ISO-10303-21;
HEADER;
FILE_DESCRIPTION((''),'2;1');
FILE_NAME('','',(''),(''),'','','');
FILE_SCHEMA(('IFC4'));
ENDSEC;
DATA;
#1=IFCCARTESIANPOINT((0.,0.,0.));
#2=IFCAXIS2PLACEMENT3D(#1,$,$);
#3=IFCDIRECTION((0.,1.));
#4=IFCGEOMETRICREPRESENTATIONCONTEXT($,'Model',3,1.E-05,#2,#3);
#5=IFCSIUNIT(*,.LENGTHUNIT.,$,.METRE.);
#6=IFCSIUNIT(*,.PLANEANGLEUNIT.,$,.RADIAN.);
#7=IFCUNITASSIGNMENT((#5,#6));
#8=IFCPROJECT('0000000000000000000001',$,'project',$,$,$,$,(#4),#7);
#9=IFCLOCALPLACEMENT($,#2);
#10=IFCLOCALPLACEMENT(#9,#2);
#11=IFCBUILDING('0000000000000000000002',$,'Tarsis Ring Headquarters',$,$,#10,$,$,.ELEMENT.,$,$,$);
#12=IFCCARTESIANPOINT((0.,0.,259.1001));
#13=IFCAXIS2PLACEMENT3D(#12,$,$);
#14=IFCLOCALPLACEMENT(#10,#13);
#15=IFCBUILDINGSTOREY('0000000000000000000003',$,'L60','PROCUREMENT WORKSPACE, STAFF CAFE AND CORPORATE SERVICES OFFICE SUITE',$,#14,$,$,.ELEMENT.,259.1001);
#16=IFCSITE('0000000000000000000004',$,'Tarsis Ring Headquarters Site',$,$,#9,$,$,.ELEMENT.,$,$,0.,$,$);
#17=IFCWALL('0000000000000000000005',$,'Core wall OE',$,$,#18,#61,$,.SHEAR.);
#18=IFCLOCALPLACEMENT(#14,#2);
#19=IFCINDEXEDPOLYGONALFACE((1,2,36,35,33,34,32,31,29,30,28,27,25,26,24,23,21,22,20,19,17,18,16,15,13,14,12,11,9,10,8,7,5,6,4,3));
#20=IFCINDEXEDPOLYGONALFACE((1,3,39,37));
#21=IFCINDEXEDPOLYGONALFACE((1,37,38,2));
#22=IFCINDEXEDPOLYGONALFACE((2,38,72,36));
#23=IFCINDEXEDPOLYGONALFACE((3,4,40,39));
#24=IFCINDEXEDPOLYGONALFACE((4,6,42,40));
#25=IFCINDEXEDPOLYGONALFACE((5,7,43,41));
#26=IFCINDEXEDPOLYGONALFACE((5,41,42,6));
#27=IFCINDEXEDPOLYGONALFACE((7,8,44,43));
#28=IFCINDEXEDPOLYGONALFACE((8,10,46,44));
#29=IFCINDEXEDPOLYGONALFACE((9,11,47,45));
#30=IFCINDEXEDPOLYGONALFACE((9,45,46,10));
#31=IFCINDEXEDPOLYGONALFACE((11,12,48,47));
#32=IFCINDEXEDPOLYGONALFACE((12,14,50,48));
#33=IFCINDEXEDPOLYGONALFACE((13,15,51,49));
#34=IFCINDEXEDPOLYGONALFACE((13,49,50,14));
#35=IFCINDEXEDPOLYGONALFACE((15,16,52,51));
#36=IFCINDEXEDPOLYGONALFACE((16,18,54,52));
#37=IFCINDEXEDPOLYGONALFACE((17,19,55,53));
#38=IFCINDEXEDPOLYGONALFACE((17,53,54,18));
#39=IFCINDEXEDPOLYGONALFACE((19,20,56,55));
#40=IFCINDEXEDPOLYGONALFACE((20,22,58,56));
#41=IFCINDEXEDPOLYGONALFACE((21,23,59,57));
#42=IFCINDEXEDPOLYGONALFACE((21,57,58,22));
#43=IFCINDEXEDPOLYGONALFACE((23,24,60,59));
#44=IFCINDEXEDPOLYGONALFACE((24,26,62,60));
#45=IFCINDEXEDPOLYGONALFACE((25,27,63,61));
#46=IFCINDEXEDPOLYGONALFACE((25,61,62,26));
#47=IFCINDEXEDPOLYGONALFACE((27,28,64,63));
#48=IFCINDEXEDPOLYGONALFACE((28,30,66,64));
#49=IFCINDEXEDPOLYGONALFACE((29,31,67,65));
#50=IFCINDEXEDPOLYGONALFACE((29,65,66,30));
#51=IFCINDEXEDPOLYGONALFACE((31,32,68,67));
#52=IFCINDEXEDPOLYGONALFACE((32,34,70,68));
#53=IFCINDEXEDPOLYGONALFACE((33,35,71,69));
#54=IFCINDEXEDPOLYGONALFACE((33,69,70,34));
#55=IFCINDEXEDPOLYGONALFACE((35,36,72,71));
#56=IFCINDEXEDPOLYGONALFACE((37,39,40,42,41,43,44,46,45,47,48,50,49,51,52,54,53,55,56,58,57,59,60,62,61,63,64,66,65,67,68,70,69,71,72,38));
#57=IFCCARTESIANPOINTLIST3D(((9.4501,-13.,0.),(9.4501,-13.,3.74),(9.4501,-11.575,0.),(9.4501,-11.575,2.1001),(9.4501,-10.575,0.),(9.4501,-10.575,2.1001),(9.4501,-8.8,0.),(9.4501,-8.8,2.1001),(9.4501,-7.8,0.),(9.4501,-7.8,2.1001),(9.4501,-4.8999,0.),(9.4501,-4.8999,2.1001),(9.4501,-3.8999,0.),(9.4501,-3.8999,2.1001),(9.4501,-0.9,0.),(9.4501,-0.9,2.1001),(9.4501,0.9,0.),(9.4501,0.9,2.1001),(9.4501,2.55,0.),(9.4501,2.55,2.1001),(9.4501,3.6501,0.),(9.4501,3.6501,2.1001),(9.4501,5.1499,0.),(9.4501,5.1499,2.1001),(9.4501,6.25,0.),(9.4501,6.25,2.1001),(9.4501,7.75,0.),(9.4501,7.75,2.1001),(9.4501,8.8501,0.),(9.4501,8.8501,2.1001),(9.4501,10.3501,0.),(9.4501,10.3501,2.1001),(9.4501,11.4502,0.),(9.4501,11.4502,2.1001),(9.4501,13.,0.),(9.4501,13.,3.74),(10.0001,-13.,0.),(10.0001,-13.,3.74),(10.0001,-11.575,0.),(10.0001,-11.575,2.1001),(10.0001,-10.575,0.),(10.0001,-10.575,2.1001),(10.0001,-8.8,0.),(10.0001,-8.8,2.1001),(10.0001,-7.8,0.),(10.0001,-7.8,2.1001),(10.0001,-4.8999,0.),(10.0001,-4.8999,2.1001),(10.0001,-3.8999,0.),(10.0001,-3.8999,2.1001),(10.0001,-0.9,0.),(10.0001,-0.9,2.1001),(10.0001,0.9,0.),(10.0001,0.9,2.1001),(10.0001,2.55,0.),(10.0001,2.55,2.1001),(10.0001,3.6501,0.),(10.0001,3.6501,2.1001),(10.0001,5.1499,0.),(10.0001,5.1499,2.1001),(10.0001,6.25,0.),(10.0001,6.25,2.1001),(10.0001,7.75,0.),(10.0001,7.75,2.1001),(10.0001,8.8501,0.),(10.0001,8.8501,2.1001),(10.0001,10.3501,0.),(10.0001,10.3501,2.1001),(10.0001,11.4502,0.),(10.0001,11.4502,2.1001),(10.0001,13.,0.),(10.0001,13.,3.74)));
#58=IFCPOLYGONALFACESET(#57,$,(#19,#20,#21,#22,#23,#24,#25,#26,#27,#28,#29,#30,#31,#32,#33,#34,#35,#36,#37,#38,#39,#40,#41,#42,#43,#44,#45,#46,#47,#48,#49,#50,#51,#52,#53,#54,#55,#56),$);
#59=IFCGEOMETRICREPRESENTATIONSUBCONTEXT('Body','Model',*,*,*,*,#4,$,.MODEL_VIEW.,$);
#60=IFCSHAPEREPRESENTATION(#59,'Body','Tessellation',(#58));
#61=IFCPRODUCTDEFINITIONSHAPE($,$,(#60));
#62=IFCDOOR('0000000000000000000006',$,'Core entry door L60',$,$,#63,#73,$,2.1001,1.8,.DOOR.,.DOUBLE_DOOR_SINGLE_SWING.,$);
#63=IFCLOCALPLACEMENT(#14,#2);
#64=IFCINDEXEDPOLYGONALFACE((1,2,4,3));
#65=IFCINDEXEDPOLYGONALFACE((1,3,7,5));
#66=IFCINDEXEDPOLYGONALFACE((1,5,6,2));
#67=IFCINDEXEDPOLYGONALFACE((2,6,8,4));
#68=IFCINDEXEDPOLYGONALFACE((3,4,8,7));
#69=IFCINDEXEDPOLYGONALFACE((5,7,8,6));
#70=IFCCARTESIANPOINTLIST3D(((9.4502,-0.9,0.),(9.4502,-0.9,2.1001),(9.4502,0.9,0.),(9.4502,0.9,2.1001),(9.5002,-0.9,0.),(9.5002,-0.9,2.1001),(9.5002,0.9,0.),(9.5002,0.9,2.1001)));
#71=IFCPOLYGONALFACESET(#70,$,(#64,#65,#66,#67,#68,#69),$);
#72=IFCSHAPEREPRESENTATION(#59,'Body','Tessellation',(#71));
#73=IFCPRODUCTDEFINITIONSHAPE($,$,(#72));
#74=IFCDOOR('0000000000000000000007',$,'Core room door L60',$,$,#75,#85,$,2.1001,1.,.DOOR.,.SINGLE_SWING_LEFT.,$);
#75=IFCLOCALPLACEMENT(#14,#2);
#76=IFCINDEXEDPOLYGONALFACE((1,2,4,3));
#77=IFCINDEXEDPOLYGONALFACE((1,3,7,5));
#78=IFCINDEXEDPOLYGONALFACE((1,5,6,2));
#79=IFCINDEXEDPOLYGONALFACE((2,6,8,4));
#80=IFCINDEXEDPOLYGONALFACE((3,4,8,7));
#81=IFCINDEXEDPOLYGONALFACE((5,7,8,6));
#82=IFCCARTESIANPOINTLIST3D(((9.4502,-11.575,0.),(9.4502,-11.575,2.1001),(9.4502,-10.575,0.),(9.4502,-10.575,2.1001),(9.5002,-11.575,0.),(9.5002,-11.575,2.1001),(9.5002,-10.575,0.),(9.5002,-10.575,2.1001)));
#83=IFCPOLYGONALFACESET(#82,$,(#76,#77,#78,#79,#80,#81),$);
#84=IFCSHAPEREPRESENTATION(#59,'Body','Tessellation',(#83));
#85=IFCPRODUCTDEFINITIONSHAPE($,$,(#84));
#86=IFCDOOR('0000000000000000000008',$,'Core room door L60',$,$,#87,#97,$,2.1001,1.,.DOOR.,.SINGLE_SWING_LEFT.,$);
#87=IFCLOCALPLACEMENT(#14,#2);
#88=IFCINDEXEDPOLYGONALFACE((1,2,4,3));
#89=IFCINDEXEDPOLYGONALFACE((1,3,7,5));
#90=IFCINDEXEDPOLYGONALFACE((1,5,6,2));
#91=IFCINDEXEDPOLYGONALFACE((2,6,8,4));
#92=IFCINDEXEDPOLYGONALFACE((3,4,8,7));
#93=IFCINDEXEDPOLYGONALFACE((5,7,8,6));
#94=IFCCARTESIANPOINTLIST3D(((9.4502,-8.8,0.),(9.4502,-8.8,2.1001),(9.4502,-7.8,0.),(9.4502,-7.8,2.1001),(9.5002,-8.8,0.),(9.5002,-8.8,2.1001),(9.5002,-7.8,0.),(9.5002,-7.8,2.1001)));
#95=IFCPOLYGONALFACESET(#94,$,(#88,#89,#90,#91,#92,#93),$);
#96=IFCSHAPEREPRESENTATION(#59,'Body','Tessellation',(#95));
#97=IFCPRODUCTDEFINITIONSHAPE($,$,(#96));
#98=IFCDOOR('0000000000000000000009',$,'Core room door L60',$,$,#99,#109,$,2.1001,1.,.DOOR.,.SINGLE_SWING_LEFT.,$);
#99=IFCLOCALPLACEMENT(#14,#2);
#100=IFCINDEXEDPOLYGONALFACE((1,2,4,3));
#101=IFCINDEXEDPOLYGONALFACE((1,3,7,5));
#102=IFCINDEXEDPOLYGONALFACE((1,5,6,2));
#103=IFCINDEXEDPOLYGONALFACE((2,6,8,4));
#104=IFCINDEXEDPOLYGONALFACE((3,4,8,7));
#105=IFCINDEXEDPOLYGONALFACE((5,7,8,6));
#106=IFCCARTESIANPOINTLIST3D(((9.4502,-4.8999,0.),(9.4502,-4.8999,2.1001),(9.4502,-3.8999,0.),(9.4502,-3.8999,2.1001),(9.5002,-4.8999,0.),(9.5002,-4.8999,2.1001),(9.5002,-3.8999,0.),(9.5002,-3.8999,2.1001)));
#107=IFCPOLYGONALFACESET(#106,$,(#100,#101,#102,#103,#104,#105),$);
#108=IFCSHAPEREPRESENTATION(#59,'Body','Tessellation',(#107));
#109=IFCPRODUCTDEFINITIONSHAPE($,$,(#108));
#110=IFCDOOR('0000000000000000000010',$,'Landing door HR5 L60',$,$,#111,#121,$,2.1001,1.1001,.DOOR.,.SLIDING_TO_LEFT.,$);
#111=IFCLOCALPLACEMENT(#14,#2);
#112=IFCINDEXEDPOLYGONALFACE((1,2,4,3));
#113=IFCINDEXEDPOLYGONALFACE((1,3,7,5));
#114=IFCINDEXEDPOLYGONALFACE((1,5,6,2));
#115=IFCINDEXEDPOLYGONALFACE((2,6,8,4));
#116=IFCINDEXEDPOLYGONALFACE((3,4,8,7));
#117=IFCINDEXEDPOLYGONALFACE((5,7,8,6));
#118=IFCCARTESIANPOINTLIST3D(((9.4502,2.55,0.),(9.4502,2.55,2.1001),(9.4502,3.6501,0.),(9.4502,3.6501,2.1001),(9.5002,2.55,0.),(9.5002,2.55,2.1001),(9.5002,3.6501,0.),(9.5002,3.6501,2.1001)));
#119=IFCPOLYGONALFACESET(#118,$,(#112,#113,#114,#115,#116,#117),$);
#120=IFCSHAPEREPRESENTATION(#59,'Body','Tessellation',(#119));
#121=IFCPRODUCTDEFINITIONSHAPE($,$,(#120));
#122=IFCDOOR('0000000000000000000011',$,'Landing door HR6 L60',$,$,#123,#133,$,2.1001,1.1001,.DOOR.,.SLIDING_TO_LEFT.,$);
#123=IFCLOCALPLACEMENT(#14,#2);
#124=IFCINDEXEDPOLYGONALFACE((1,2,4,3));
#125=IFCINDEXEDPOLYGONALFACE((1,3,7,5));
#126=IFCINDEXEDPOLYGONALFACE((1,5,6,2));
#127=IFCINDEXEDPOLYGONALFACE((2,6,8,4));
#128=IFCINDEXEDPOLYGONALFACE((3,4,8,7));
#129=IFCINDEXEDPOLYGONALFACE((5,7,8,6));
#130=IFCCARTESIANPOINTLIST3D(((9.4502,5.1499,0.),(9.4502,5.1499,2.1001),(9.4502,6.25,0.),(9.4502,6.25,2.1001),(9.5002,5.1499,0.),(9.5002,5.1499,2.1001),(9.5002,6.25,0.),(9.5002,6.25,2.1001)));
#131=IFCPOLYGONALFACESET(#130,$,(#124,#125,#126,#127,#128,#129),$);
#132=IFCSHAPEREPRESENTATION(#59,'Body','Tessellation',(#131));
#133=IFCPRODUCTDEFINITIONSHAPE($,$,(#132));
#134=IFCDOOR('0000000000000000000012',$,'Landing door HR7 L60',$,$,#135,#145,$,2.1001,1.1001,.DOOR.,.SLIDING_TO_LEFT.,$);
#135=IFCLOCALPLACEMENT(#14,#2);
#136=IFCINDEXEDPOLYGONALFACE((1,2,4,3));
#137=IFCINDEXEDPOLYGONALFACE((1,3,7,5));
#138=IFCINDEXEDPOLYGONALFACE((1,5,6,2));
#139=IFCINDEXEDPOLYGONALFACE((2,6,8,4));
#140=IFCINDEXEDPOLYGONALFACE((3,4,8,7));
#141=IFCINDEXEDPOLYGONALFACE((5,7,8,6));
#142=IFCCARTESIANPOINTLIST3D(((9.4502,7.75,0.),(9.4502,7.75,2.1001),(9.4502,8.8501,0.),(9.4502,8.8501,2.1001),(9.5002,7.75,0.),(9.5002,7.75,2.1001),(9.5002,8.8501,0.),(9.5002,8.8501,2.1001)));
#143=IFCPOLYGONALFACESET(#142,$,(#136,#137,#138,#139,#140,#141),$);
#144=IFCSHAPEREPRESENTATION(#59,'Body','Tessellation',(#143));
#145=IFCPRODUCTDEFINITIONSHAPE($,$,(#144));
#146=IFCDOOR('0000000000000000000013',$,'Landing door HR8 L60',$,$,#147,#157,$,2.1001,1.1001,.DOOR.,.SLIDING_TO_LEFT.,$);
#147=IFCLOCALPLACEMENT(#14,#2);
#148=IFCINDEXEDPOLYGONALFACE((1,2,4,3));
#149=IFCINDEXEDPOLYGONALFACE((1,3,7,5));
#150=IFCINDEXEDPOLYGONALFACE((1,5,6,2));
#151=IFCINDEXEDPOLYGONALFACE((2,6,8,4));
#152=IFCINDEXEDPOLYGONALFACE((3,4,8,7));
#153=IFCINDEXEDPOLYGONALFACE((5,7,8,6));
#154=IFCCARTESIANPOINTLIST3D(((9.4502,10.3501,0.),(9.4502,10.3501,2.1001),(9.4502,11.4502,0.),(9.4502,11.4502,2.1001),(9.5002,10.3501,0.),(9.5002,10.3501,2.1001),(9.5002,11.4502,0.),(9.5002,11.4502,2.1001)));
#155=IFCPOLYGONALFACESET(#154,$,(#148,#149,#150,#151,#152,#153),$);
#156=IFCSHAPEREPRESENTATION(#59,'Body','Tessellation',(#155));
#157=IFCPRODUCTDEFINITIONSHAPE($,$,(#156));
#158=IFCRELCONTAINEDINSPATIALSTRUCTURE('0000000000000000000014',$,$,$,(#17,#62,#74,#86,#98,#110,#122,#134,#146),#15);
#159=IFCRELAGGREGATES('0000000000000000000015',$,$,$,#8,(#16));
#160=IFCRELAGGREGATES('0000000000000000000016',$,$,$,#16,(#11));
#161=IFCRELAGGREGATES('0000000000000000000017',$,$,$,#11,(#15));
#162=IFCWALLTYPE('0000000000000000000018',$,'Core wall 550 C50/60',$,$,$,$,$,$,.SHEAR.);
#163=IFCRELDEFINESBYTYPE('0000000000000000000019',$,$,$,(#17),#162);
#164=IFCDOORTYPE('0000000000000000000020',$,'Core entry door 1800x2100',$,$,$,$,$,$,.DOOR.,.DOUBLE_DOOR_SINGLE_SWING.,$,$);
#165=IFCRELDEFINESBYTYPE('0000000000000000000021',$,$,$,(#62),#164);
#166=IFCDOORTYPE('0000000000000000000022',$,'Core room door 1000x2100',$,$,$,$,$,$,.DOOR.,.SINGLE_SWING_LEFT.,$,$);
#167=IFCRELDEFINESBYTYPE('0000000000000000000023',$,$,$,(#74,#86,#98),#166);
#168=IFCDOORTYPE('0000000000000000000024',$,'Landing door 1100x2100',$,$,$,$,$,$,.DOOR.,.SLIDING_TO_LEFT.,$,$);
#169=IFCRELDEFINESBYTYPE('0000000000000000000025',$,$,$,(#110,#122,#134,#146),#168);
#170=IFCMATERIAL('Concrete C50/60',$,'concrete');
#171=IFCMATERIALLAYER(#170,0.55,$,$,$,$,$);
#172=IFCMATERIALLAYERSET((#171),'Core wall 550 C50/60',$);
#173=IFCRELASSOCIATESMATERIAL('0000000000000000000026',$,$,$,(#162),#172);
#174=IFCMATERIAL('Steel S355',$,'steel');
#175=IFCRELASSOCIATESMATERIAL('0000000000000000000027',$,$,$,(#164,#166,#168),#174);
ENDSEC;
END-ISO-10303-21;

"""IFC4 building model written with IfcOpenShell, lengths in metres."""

from ifc_helpers import new_model, si_unit, direction, frame, frame_2d, origin, place, context, subcontext, project, spatial, rectangle, extrude, material, layer, layer_set, type_object, element, fill, save


model = new_model("IFC4")

# Units and contexts
model_context = context("Model", 3, precision=1e-05, world=origin(), true_north=direction((0.0, 1.0)))
body_context = subcontext(model_context, "Body", "Model", "MODEL_VIEW")
ifc_project = project(units=[si_unit("LENGTHUNIT", "METRE"), si_unit("PLANEANGLEUNIT", "RADIAN")], contexts=[model_context])

# Site, building, storey
site_placement = place(None, origin())
site = spatial("IfcSite", under=ifc_project, at=site_placement, Name="Tarsis Ring Headquarters Site", CompositionType="ELEMENT", RefElevation=0.0)
building_placement = place(site_placement, origin())
building = spatial("IfcBuilding", under=site, at=building_placement, Name="Tarsis Ring Headquarters", CompositionType="ELEMENT")
storey_placement = place(building_placement, frame((0.0, 0.0, 259.1001)))
storey = spatial("IfcBuildingStorey", under=building, at=storey_placement, Name="L60", Description="PROCUREMENT WORKSPACE, STAFF CAFE AND CORPORATE SERVICES OFFICE SUITE", CompositionType="ELEMENT", Elevation=259.1001)

# Wall, openings, doors
ifc_material_1 = material(Name="Concrete C50/60", Category="concrete")
ifc_layer_1 = layer(ifc_material_1, 0.55)
ifc_layer_set_1 = layer_set([ifc_layer_1], Name="Core wall 550 C50/60")
wall_type_1 = type_object("IfcWallType", Name="Core wall 550 C50/60", PredefinedType="SHEAR", material=ifc_layer_set_1)
wall_1_placement = place(storey_placement, frame((9.7251, -13.0, 0.0), z_axis=(0.0, 0.0, 1.0), x_axis=(0.0, 1.0, 0.0)))
wall_1 = element("IfcWall", 1, at=wall_1_placement, inside=storey, type_object=wall_type_1, Name="Core wall OE", PredefinedType="SHEAR", context=body_context, shape_type="SweptSolid", body=[
    extrude(rectangle(XDim=26.0, YDim=0.55, at=frame_2d((13.0, 0.0))), origin(), (0.0, 0.0, 1.0), 3.74),
])
opening_1_placement = place(wall_1_placement, frame((1.425, 0.0, 0.0)))
opening_1 = element("IfcOpeningElement", 2, at=opening_1_placement, cuts=wall_1, PredefinedType="OPENING", context=body_context, shape_type="SweptSolid", body=[
    extrude(rectangle(XDim=1.0, YDim=2.1001, at=frame_2d((0.5, 1.05))), frame((0.0, 0.2849, 0.0), z_axis=(0.0, -1.0, 0.0), x_axis=(1.0, 0.0, 0.0)), (0.0, 0.0, 1.0), 0.5701),
])
opening_2_placement = place(wall_1_placement, frame((4.2, 0.0, 0.0)))
opening_2 = element("IfcOpeningElement", 3, at=opening_2_placement, cuts=wall_1, PredefinedType="OPENING", context=body_context, shape_type="SweptSolid", body=[
    extrude(rectangle(XDim=1.0, YDim=2.1001, at=frame_2d((0.5, 1.05))), frame((0.0, 0.2849, 0.0), z_axis=(0.0, -1.0, 0.0), x_axis=(1.0, 0.0, 0.0)), (0.0, 0.0, 1.0), 0.5701),
])
opening_3_placement = place(wall_1_placement, frame((8.1001, 0.0, 0.0)))
opening_3 = element("IfcOpeningElement", 4, at=opening_3_placement, cuts=wall_1, PredefinedType="OPENING", context=body_context, shape_type="SweptSolid", body=[
    extrude(rectangle(XDim=1.0, YDim=2.1001, at=frame_2d((0.5, 1.05))), frame((0.0, 0.2849, 0.0), z_axis=(0.0, -1.0, 0.0), x_axis=(1.0, 0.0, 0.0)), (0.0, 0.0, 1.0), 0.5701),
])
opening_4_placement = place(wall_1_placement, frame((12.1001, 0.0, 0.0)))
opening_4 = element("IfcOpeningElement", 5, at=opening_4_placement, cuts=wall_1, PredefinedType="OPENING", context=body_context, shape_type="SweptSolid", body=[
    extrude(rectangle(XDim=1.8, YDim=2.1001, at=frame_2d((0.8999, 1.05))), frame((0.0, 0.2849, 0.0), z_axis=(0.0, -1.0, 0.0), x_axis=(1.0, 0.0, 0.0)), (0.0, 0.0, 1.0), 0.5701),
])
opening_5_placement = place(wall_1_placement, frame((15.55, 0.0, 0.0)))
opening_5 = element("IfcOpeningElement", 6, at=opening_5_placement, cuts=wall_1, PredefinedType="OPENING", context=body_context, shape_type="SweptSolid", body=[
    extrude(rectangle(XDim=1.1001, YDim=2.1001, at=frame_2d((0.55, 1.05))), frame((0.0, 0.2849, 0.0), z_axis=(0.0, -1.0, 0.0), x_axis=(1.0, 0.0, 0.0)), (0.0, 0.0, 1.0), 0.5701),
])
opening_6_placement = place(wall_1_placement, frame((18.1499, 0.0, 0.0)))
opening_6 = element("IfcOpeningElement", 7, at=opening_6_placement, cuts=wall_1, PredefinedType="OPENING", context=body_context, shape_type="SweptSolid", body=[
    extrude(rectangle(XDim=1.1001, YDim=2.1001, at=frame_2d((0.55, 1.05))), frame((0.0, 0.2849, 0.0), z_axis=(0.0, -1.0, 0.0), x_axis=(1.0, 0.0, 0.0)), (0.0, 0.0, 1.0), 0.5701),
])
opening_7_placement = place(wall_1_placement, frame((20.75, 0.0, 0.0)))
opening_7 = element("IfcOpeningElement", 8, at=opening_7_placement, cuts=wall_1, PredefinedType="OPENING", context=body_context, shape_type="SweptSolid", body=[
    extrude(rectangle(XDim=1.1001, YDim=2.1001, at=frame_2d((0.55, 1.05))), frame((0.0, 0.2849, 0.0), z_axis=(0.0, -1.0, 0.0), x_axis=(1.0, 0.0, 0.0)), (0.0, 0.0, 1.0), 0.5701),
])
opening_8_placement = place(wall_1_placement, frame((23.3501, 0.0, 0.0)))
opening_8 = element("IfcOpeningElement", 9, at=opening_8_placement, cuts=wall_1, PredefinedType="OPENING", context=body_context, shape_type="SweptSolid", body=[
    extrude(rectangle(XDim=1.1001, YDim=2.1001, at=frame_2d((0.55, 1.05))), frame((0.0, 0.2849, 0.0), z_axis=(0.0, -1.0, 0.0), x_axis=(1.0, 0.0, 0.0)), (0.0, 0.0, 1.0), 0.5701),
])
ifc_material_2 = material(Name="Steel S355", Category="steel")
door_type_1 = type_object("IfcDoorType", Name="Core entry door 1800x2100", OperationType="DOUBLE_DOOR_SINGLE_SWING", PredefinedType="DOOR", material=ifc_material_2)
door_1_placement = place(opening_4_placement, origin())
door_1 = element("IfcDoor", 10, at=door_1_placement, inside=storey, type_object=door_type_1, Name="Core entry door L60", OperationType="DOUBLE_DOOR_SINGLE_SWING", OverallHeight=2.1001, OverallWidth=1.8, PredefinedType="DOOR", context=body_context, shape_type="SweptSolid", body=[
    extrude(rectangle(XDim=1.8, YDim=2.1001, at=frame_2d((0.8999, 1.05))), frame((0.0, 0.2749, 0.0), z_axis=(0.0, -1.0, 0.0), x_axis=(1.0, 0.0, 0.0)), (0.0, 0.0, 1.0), 0.05),
])
fill(opening_4, door_1)
door_type_2 = type_object("IfcDoorType", Name="Core room door 1000x2100", OperationType="SINGLE_SWING_LEFT", PredefinedType="DOOR", material=ifc_material_2)
door_2_placement = place(opening_1_placement, origin())
door_2 = element("IfcDoor", 11, at=door_2_placement, inside=storey, type_object=door_type_2, Name="Core room door L60", OperationType="SINGLE_SWING_LEFT", OverallHeight=2.1001, OverallWidth=1.0, PredefinedType="DOOR", context=body_context, shape_type="SweptSolid", body=[
    extrude(rectangle(XDim=1.0, YDim=2.1001, at=frame_2d((0.5, 1.05))), frame((0.0, 0.2749, 0.0), z_axis=(0.0, -1.0, 0.0), x_axis=(1.0, 0.0, 0.0)), (0.0, 0.0, 1.0), 0.05),
])
fill(opening_1, door_2)
door_3_placement = place(opening_2_placement, origin())
door_3 = element("IfcDoor", 12, at=door_3_placement, inside=storey, type_object=door_type_2, Name="Core room door L60", OperationType="SINGLE_SWING_LEFT", OverallHeight=2.1001, OverallWidth=1.0, PredefinedType="DOOR", context=body_context, shape_type="SweptSolid", body=[
    extrude(rectangle(XDim=1.0, YDim=2.1001, at=frame_2d((0.5, 1.05))), frame((0.0, 0.2749, 0.0), z_axis=(0.0, -1.0, 0.0), x_axis=(1.0, 0.0, 0.0)), (0.0, 0.0, 1.0), 0.05),
])
fill(opening_2, door_3)
door_4_placement = place(opening_3_placement, origin())
door_4 = element("IfcDoor", 13, at=door_4_placement, inside=storey, type_object=door_type_2, Name="Core room door L60", OperationType="SINGLE_SWING_LEFT", OverallHeight=2.1001, OverallWidth=1.0, PredefinedType="DOOR", context=body_context, shape_type="SweptSolid", body=[
    extrude(rectangle(XDim=1.0, YDim=2.1001, at=frame_2d((0.5, 1.05))), frame((0.0, 0.2749, 0.0), z_axis=(0.0, -1.0, 0.0), x_axis=(1.0, 0.0, 0.0)), (0.0, 0.0, 1.0), 0.05),
])
fill(opening_3, door_4)
door_type_3 = type_object("IfcDoorType", Name="Landing door 1100x2100", OperationType="SLIDING_TO_LEFT", PredefinedType="DOOR", material=ifc_material_2)
door_5_placement = place(opening_5_placement, origin())
door_5 = element("IfcDoor", 14, at=door_5_placement, inside=storey, type_object=door_type_3, Name="Landing door HR5 L60", OperationType="SLIDING_TO_LEFT", OverallHeight=2.1001, OverallWidth=1.1001, PredefinedType="DOOR", context=body_context, shape_type="SweptSolid", body=[
    extrude(rectangle(XDim=1.1001, YDim=2.1001, at=frame_2d((0.55, 1.05))), frame((0.0, 0.2749, 0.0), z_axis=(0.0, -1.0, 0.0), x_axis=(1.0, 0.0, 0.0)), (0.0, 0.0, 1.0), 0.05),
])
fill(opening_5, door_5)
door_6_placement = place(opening_6_placement, origin())
door_6 = element("IfcDoor", 15, at=door_6_placement, inside=storey, type_object=door_type_3, Name="Landing door HR6 L60", OperationType="SLIDING_TO_LEFT", OverallHeight=2.1001, OverallWidth=1.1001, PredefinedType="DOOR", context=body_context, shape_type="SweptSolid", body=[
    extrude(rectangle(XDim=1.1001, YDim=2.1001, at=frame_2d((0.55, 1.05))), frame((0.0, 0.2749, 0.0), z_axis=(0.0, -1.0, 0.0), x_axis=(1.0, 0.0, 0.0)), (0.0, 0.0, 1.0), 0.05),
])
fill(opening_6, door_6)
door_7_placement = place(opening_7_placement, origin())
door_7 = element("IfcDoor", 16, at=door_7_placement, inside=storey, type_object=door_type_3, Name="Landing door HR7 L60", OperationType="SLIDING_TO_LEFT", OverallHeight=2.1001, OverallWidth=1.1001, PredefinedType="DOOR", context=body_context, shape_type="SweptSolid", body=[
    extrude(rectangle(XDim=1.1001, YDim=2.1001, at=frame_2d((0.55, 1.05))), frame((0.0, 0.2749, 0.0), z_axis=(0.0, -1.0, 0.0), x_axis=(1.0, 0.0, 0.0)), (0.0, 0.0, 1.0), 0.05),
])
fill(opening_7, door_7)
door_8_placement = place(opening_8_placement, origin())
door_8 = element("IfcDoor", 17, at=door_8_placement, inside=storey, type_object=door_type_3, Name="Landing door HR8 L60", OperationType="SLIDING_TO_LEFT", OverallHeight=2.1001, OverallWidth=1.1001, PredefinedType="DOOR", context=body_context, shape_type="SweptSolid", body=[
    extrude(rectangle(XDim=1.1001, YDim=2.1001, at=frame_2d((0.55, 1.05))), frame((0.0, 0.2749, 0.0), z_axis=(0.0, -1.0, 0.0), x_axis=(1.0, 0.0, 0.0)), (0.0, 0.0, 1.0), 0.05),
])
fill(opening_8, door_8)

save(model, "model.ifc")
